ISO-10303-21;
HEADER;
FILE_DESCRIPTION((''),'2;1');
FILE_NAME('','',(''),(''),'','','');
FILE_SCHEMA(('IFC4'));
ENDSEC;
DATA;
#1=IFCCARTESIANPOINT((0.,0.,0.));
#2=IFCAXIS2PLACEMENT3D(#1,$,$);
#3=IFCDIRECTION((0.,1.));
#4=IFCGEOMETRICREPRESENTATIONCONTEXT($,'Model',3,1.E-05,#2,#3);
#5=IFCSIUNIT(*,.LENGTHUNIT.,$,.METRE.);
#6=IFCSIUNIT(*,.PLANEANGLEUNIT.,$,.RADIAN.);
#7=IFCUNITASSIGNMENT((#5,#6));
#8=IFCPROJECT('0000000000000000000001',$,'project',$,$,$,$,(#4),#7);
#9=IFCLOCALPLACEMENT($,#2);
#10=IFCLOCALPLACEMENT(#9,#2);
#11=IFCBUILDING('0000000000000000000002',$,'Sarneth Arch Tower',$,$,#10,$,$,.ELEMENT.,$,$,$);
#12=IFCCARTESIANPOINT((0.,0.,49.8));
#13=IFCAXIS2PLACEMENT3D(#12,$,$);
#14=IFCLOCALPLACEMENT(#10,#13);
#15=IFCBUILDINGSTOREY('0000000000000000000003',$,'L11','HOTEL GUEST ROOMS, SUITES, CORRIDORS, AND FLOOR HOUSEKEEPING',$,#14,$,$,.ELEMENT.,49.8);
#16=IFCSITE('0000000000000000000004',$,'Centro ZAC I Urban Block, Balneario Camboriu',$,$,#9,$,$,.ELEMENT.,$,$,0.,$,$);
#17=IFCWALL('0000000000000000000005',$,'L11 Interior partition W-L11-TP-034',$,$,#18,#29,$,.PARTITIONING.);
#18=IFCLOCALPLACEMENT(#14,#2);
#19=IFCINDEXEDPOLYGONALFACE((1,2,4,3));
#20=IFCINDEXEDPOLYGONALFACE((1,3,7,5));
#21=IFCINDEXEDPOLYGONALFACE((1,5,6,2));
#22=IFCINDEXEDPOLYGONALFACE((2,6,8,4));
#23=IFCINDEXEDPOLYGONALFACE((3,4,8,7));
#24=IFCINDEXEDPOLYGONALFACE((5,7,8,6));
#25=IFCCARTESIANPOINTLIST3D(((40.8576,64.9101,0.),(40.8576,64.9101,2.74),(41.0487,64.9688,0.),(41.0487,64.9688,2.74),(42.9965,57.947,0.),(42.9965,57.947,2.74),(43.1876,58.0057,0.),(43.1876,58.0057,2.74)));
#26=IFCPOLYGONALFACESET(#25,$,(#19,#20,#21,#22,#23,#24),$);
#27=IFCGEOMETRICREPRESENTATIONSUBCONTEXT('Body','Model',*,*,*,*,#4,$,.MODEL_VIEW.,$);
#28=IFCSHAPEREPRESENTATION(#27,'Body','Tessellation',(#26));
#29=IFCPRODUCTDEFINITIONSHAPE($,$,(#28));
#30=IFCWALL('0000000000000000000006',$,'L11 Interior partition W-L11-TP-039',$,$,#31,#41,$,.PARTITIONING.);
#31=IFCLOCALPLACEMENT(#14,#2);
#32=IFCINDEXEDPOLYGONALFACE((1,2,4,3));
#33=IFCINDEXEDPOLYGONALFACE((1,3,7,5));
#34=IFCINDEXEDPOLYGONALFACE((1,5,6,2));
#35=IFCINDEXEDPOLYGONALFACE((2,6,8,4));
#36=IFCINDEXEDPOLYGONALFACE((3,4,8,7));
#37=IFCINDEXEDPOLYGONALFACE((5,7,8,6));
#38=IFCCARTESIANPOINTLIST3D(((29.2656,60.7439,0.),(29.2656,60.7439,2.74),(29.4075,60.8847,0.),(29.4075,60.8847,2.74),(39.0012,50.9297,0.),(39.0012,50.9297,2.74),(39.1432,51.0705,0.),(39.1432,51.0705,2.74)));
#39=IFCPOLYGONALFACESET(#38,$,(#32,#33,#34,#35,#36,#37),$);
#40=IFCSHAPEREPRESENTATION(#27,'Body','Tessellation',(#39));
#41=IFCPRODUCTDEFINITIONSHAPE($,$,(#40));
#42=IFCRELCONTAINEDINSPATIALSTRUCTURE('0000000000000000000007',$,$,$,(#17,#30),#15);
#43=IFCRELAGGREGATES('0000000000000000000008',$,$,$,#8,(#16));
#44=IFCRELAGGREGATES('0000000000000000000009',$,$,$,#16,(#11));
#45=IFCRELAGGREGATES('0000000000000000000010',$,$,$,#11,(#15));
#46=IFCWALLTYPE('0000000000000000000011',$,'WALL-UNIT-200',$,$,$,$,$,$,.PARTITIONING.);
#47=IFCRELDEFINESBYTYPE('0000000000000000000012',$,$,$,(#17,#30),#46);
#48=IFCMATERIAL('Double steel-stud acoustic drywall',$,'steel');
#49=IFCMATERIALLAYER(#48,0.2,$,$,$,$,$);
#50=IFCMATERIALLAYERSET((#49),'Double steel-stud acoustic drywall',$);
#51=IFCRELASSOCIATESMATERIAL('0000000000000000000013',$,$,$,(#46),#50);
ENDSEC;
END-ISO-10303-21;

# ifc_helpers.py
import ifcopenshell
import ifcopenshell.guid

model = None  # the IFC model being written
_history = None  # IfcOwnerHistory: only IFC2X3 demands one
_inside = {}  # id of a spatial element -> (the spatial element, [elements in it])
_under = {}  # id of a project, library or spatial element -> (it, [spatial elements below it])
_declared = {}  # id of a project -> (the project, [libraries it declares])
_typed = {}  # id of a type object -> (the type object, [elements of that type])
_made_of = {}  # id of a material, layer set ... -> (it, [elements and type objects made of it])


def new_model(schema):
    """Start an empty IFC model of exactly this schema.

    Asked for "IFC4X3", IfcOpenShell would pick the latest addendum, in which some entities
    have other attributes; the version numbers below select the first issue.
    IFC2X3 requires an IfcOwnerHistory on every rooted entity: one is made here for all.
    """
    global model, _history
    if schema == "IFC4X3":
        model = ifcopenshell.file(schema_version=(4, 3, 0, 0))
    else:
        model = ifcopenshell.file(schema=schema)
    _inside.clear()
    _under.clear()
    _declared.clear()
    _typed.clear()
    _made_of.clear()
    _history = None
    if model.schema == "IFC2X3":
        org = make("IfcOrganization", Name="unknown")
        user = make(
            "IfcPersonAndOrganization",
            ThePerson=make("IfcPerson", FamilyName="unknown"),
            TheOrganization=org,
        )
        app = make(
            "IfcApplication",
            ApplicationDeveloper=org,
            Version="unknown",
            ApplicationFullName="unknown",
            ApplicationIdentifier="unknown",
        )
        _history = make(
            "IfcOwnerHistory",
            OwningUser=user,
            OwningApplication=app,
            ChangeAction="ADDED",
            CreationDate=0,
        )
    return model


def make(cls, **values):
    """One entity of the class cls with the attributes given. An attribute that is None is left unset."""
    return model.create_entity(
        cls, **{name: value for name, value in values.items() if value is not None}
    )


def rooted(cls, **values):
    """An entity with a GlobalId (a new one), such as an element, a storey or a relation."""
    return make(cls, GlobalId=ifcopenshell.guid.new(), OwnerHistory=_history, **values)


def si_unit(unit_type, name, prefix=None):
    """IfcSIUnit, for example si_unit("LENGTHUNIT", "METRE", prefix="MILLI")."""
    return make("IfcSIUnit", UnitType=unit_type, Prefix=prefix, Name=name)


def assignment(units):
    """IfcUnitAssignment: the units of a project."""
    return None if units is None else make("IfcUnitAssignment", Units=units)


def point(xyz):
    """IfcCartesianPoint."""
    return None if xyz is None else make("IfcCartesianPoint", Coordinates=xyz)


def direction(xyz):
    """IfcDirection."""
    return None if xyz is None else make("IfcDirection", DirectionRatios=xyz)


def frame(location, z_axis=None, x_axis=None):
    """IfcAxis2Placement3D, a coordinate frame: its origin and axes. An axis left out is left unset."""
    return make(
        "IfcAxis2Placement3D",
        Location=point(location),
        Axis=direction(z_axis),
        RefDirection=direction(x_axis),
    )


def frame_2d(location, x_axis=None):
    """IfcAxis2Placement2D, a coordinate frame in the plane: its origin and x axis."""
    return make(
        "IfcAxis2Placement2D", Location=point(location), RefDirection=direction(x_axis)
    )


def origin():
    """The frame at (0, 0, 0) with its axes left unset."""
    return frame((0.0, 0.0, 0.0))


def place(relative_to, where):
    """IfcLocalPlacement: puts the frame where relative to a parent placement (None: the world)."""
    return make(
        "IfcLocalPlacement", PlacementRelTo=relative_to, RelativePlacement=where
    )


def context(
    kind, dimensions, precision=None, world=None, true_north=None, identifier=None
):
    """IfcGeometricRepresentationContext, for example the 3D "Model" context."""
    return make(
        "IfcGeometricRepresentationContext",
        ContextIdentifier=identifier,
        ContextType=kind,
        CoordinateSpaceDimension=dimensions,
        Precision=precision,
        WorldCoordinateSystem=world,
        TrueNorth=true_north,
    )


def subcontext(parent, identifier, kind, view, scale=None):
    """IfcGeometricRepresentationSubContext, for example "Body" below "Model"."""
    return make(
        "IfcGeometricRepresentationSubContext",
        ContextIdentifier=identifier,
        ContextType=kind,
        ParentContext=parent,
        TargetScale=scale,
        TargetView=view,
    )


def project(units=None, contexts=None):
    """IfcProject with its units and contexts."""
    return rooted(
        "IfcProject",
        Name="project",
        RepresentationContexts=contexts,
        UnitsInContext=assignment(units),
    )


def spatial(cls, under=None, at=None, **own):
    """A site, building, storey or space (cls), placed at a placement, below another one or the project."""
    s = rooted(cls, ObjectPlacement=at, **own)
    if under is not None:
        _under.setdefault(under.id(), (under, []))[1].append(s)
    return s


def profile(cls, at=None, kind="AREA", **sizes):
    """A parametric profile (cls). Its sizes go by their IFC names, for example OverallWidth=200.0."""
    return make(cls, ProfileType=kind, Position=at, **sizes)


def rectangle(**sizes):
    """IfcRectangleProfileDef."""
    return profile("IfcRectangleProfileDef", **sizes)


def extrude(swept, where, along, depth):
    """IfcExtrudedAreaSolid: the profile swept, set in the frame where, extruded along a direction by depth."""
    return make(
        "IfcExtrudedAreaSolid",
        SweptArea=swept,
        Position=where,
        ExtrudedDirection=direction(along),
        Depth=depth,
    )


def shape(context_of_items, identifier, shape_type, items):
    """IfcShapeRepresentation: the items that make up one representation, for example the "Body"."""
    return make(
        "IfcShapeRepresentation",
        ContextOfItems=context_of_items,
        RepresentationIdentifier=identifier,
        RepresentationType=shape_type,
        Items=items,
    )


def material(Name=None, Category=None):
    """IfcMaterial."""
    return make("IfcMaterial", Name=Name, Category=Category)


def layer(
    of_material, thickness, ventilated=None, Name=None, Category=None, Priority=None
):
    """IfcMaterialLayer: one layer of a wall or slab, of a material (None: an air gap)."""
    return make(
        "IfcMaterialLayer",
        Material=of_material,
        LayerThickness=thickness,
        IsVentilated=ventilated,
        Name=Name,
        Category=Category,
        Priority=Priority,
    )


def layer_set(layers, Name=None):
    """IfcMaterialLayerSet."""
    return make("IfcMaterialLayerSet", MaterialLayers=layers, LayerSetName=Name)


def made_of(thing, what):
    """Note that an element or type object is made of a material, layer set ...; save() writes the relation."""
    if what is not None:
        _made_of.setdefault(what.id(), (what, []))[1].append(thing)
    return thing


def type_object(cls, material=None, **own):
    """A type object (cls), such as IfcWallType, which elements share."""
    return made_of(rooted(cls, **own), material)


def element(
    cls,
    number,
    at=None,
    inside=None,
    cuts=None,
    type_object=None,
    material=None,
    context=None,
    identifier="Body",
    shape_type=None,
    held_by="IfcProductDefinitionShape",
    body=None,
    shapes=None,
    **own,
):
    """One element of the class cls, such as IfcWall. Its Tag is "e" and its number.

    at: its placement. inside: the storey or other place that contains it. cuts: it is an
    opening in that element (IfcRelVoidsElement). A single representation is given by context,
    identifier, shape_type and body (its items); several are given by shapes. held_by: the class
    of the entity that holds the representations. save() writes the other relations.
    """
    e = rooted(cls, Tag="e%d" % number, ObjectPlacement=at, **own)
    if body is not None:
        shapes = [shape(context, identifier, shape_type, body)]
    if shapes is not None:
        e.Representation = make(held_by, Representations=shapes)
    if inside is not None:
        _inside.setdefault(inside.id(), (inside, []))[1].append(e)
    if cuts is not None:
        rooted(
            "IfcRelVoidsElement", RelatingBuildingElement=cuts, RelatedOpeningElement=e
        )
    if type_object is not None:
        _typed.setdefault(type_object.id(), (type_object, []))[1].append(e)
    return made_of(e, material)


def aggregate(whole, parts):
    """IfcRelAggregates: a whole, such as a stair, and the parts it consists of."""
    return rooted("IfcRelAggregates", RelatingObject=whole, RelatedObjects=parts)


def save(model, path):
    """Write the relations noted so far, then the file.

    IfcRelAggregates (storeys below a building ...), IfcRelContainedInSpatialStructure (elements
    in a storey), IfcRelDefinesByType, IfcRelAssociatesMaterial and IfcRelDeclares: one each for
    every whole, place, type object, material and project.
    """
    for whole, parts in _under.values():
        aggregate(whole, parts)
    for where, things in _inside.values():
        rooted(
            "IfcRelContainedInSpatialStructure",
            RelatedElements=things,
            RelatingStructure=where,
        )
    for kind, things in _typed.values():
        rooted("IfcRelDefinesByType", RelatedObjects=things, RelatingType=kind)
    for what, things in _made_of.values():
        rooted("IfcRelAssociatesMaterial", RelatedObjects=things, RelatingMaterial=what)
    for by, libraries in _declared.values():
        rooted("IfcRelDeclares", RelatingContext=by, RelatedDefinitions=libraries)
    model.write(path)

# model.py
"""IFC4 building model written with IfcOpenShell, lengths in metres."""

from ifc_helpers import new_model, si_unit, direction, frame, frame_2d, origin, place, context, subcontext, project, spatial, rectangle, extrude, material, layer, layer_set, type_object, element, save


model = new_model("IFC4")

# Units and contexts
model_context = context("Model", 3, precision=1e-05, world=origin(), true_north=direction((0.0, 1.0)))
body_context = subcontext(model_context, "Body", "Model", "MODEL_VIEW")
ifc_project = project(units=[si_unit("LENGTHUNIT", "METRE"), si_unit("PLANEANGLEUNIT", "RADIAN")], contexts=[model_context])

# Site, building, storey
site_placement = place(None, origin())
site = spatial("IfcSite", under=ifc_project, at=site_placement, Name="Centro ZAC I Urban Block, Balneario Camboriu", CompositionType="ELEMENT", RefElevation=0.0)
building_placement = place(site_placement, origin())
building = spatial("IfcBuilding", under=site, at=building_placement, Name="Sarneth Arch Tower", CompositionType="ELEMENT")
storey_placement = place(building_placement, frame((0.0, 0.0, 49.8)))
storey = spatial("IfcBuildingStorey", under=building, at=storey_placement, Name="L11", Description="HOTEL GUEST ROOMS, SUITES, CORRIDORS, AND FLOOR HOUSEKEEPING", CompositionType="ELEMENT", Elevation=49.8)

# Walls
ifc_material_1 = material(Name="Double steel-stud acoustic drywall", Category="steel")
ifc_layer_1 = layer(ifc_material_1, 0.2)
ifc_layer_set_1 = layer_set([ifc_layer_1], Name="Double steel-stud acoustic drywall")
wall_type_1 = type_object("IfcWallType", Name="WALL-UNIT-200", PredefinedType="PARTITIONING", material=ifc_layer_set_1)
wall_1_placement = place(storey_placement, frame((40.9531, 64.9395, 0.0), z_axis=(0.0, 0.0, 1.0), x_axis=(0.293636, -0.955917, 0.0)))
element("IfcWall", 1, at=wall_1_placement, inside=storey, type_object=wall_type_1, Name="L11 Interior partition W-L11-TP-034", PredefinedType="PARTITIONING", context=body_context, shape_type="SweptSolid", body=[
    extrude(rectangle(XDim=7.2842, YDim=0.2, at=frame_2d((3.6421, 0.0))), origin(), (0.0, 0.0, 1.0), 2.74),
])
wall_2_placement = place(storey_placement, frame((39.0723, 51.0, 0.0), z_axis=(0.0, 0.0, 1.0), x_axis=(-0.704258, 0.709944, 0.0)))
element("IfcWall", 2, at=wall_2_placement, inside=storey, type_object=wall_type_1, Name="L11 Interior partition W-L11-TP-039", PredefinedType="PARTITIONING", context=body_context, shape_type="SweptSolid", body=[
    extrude(rectangle(XDim=13.824, YDim=0.2, at=frame_2d((6.9121, 0.0))), origin(), (0.0, 0.0, 1.0), 2.74),
])

save(model, "model.ifc")
